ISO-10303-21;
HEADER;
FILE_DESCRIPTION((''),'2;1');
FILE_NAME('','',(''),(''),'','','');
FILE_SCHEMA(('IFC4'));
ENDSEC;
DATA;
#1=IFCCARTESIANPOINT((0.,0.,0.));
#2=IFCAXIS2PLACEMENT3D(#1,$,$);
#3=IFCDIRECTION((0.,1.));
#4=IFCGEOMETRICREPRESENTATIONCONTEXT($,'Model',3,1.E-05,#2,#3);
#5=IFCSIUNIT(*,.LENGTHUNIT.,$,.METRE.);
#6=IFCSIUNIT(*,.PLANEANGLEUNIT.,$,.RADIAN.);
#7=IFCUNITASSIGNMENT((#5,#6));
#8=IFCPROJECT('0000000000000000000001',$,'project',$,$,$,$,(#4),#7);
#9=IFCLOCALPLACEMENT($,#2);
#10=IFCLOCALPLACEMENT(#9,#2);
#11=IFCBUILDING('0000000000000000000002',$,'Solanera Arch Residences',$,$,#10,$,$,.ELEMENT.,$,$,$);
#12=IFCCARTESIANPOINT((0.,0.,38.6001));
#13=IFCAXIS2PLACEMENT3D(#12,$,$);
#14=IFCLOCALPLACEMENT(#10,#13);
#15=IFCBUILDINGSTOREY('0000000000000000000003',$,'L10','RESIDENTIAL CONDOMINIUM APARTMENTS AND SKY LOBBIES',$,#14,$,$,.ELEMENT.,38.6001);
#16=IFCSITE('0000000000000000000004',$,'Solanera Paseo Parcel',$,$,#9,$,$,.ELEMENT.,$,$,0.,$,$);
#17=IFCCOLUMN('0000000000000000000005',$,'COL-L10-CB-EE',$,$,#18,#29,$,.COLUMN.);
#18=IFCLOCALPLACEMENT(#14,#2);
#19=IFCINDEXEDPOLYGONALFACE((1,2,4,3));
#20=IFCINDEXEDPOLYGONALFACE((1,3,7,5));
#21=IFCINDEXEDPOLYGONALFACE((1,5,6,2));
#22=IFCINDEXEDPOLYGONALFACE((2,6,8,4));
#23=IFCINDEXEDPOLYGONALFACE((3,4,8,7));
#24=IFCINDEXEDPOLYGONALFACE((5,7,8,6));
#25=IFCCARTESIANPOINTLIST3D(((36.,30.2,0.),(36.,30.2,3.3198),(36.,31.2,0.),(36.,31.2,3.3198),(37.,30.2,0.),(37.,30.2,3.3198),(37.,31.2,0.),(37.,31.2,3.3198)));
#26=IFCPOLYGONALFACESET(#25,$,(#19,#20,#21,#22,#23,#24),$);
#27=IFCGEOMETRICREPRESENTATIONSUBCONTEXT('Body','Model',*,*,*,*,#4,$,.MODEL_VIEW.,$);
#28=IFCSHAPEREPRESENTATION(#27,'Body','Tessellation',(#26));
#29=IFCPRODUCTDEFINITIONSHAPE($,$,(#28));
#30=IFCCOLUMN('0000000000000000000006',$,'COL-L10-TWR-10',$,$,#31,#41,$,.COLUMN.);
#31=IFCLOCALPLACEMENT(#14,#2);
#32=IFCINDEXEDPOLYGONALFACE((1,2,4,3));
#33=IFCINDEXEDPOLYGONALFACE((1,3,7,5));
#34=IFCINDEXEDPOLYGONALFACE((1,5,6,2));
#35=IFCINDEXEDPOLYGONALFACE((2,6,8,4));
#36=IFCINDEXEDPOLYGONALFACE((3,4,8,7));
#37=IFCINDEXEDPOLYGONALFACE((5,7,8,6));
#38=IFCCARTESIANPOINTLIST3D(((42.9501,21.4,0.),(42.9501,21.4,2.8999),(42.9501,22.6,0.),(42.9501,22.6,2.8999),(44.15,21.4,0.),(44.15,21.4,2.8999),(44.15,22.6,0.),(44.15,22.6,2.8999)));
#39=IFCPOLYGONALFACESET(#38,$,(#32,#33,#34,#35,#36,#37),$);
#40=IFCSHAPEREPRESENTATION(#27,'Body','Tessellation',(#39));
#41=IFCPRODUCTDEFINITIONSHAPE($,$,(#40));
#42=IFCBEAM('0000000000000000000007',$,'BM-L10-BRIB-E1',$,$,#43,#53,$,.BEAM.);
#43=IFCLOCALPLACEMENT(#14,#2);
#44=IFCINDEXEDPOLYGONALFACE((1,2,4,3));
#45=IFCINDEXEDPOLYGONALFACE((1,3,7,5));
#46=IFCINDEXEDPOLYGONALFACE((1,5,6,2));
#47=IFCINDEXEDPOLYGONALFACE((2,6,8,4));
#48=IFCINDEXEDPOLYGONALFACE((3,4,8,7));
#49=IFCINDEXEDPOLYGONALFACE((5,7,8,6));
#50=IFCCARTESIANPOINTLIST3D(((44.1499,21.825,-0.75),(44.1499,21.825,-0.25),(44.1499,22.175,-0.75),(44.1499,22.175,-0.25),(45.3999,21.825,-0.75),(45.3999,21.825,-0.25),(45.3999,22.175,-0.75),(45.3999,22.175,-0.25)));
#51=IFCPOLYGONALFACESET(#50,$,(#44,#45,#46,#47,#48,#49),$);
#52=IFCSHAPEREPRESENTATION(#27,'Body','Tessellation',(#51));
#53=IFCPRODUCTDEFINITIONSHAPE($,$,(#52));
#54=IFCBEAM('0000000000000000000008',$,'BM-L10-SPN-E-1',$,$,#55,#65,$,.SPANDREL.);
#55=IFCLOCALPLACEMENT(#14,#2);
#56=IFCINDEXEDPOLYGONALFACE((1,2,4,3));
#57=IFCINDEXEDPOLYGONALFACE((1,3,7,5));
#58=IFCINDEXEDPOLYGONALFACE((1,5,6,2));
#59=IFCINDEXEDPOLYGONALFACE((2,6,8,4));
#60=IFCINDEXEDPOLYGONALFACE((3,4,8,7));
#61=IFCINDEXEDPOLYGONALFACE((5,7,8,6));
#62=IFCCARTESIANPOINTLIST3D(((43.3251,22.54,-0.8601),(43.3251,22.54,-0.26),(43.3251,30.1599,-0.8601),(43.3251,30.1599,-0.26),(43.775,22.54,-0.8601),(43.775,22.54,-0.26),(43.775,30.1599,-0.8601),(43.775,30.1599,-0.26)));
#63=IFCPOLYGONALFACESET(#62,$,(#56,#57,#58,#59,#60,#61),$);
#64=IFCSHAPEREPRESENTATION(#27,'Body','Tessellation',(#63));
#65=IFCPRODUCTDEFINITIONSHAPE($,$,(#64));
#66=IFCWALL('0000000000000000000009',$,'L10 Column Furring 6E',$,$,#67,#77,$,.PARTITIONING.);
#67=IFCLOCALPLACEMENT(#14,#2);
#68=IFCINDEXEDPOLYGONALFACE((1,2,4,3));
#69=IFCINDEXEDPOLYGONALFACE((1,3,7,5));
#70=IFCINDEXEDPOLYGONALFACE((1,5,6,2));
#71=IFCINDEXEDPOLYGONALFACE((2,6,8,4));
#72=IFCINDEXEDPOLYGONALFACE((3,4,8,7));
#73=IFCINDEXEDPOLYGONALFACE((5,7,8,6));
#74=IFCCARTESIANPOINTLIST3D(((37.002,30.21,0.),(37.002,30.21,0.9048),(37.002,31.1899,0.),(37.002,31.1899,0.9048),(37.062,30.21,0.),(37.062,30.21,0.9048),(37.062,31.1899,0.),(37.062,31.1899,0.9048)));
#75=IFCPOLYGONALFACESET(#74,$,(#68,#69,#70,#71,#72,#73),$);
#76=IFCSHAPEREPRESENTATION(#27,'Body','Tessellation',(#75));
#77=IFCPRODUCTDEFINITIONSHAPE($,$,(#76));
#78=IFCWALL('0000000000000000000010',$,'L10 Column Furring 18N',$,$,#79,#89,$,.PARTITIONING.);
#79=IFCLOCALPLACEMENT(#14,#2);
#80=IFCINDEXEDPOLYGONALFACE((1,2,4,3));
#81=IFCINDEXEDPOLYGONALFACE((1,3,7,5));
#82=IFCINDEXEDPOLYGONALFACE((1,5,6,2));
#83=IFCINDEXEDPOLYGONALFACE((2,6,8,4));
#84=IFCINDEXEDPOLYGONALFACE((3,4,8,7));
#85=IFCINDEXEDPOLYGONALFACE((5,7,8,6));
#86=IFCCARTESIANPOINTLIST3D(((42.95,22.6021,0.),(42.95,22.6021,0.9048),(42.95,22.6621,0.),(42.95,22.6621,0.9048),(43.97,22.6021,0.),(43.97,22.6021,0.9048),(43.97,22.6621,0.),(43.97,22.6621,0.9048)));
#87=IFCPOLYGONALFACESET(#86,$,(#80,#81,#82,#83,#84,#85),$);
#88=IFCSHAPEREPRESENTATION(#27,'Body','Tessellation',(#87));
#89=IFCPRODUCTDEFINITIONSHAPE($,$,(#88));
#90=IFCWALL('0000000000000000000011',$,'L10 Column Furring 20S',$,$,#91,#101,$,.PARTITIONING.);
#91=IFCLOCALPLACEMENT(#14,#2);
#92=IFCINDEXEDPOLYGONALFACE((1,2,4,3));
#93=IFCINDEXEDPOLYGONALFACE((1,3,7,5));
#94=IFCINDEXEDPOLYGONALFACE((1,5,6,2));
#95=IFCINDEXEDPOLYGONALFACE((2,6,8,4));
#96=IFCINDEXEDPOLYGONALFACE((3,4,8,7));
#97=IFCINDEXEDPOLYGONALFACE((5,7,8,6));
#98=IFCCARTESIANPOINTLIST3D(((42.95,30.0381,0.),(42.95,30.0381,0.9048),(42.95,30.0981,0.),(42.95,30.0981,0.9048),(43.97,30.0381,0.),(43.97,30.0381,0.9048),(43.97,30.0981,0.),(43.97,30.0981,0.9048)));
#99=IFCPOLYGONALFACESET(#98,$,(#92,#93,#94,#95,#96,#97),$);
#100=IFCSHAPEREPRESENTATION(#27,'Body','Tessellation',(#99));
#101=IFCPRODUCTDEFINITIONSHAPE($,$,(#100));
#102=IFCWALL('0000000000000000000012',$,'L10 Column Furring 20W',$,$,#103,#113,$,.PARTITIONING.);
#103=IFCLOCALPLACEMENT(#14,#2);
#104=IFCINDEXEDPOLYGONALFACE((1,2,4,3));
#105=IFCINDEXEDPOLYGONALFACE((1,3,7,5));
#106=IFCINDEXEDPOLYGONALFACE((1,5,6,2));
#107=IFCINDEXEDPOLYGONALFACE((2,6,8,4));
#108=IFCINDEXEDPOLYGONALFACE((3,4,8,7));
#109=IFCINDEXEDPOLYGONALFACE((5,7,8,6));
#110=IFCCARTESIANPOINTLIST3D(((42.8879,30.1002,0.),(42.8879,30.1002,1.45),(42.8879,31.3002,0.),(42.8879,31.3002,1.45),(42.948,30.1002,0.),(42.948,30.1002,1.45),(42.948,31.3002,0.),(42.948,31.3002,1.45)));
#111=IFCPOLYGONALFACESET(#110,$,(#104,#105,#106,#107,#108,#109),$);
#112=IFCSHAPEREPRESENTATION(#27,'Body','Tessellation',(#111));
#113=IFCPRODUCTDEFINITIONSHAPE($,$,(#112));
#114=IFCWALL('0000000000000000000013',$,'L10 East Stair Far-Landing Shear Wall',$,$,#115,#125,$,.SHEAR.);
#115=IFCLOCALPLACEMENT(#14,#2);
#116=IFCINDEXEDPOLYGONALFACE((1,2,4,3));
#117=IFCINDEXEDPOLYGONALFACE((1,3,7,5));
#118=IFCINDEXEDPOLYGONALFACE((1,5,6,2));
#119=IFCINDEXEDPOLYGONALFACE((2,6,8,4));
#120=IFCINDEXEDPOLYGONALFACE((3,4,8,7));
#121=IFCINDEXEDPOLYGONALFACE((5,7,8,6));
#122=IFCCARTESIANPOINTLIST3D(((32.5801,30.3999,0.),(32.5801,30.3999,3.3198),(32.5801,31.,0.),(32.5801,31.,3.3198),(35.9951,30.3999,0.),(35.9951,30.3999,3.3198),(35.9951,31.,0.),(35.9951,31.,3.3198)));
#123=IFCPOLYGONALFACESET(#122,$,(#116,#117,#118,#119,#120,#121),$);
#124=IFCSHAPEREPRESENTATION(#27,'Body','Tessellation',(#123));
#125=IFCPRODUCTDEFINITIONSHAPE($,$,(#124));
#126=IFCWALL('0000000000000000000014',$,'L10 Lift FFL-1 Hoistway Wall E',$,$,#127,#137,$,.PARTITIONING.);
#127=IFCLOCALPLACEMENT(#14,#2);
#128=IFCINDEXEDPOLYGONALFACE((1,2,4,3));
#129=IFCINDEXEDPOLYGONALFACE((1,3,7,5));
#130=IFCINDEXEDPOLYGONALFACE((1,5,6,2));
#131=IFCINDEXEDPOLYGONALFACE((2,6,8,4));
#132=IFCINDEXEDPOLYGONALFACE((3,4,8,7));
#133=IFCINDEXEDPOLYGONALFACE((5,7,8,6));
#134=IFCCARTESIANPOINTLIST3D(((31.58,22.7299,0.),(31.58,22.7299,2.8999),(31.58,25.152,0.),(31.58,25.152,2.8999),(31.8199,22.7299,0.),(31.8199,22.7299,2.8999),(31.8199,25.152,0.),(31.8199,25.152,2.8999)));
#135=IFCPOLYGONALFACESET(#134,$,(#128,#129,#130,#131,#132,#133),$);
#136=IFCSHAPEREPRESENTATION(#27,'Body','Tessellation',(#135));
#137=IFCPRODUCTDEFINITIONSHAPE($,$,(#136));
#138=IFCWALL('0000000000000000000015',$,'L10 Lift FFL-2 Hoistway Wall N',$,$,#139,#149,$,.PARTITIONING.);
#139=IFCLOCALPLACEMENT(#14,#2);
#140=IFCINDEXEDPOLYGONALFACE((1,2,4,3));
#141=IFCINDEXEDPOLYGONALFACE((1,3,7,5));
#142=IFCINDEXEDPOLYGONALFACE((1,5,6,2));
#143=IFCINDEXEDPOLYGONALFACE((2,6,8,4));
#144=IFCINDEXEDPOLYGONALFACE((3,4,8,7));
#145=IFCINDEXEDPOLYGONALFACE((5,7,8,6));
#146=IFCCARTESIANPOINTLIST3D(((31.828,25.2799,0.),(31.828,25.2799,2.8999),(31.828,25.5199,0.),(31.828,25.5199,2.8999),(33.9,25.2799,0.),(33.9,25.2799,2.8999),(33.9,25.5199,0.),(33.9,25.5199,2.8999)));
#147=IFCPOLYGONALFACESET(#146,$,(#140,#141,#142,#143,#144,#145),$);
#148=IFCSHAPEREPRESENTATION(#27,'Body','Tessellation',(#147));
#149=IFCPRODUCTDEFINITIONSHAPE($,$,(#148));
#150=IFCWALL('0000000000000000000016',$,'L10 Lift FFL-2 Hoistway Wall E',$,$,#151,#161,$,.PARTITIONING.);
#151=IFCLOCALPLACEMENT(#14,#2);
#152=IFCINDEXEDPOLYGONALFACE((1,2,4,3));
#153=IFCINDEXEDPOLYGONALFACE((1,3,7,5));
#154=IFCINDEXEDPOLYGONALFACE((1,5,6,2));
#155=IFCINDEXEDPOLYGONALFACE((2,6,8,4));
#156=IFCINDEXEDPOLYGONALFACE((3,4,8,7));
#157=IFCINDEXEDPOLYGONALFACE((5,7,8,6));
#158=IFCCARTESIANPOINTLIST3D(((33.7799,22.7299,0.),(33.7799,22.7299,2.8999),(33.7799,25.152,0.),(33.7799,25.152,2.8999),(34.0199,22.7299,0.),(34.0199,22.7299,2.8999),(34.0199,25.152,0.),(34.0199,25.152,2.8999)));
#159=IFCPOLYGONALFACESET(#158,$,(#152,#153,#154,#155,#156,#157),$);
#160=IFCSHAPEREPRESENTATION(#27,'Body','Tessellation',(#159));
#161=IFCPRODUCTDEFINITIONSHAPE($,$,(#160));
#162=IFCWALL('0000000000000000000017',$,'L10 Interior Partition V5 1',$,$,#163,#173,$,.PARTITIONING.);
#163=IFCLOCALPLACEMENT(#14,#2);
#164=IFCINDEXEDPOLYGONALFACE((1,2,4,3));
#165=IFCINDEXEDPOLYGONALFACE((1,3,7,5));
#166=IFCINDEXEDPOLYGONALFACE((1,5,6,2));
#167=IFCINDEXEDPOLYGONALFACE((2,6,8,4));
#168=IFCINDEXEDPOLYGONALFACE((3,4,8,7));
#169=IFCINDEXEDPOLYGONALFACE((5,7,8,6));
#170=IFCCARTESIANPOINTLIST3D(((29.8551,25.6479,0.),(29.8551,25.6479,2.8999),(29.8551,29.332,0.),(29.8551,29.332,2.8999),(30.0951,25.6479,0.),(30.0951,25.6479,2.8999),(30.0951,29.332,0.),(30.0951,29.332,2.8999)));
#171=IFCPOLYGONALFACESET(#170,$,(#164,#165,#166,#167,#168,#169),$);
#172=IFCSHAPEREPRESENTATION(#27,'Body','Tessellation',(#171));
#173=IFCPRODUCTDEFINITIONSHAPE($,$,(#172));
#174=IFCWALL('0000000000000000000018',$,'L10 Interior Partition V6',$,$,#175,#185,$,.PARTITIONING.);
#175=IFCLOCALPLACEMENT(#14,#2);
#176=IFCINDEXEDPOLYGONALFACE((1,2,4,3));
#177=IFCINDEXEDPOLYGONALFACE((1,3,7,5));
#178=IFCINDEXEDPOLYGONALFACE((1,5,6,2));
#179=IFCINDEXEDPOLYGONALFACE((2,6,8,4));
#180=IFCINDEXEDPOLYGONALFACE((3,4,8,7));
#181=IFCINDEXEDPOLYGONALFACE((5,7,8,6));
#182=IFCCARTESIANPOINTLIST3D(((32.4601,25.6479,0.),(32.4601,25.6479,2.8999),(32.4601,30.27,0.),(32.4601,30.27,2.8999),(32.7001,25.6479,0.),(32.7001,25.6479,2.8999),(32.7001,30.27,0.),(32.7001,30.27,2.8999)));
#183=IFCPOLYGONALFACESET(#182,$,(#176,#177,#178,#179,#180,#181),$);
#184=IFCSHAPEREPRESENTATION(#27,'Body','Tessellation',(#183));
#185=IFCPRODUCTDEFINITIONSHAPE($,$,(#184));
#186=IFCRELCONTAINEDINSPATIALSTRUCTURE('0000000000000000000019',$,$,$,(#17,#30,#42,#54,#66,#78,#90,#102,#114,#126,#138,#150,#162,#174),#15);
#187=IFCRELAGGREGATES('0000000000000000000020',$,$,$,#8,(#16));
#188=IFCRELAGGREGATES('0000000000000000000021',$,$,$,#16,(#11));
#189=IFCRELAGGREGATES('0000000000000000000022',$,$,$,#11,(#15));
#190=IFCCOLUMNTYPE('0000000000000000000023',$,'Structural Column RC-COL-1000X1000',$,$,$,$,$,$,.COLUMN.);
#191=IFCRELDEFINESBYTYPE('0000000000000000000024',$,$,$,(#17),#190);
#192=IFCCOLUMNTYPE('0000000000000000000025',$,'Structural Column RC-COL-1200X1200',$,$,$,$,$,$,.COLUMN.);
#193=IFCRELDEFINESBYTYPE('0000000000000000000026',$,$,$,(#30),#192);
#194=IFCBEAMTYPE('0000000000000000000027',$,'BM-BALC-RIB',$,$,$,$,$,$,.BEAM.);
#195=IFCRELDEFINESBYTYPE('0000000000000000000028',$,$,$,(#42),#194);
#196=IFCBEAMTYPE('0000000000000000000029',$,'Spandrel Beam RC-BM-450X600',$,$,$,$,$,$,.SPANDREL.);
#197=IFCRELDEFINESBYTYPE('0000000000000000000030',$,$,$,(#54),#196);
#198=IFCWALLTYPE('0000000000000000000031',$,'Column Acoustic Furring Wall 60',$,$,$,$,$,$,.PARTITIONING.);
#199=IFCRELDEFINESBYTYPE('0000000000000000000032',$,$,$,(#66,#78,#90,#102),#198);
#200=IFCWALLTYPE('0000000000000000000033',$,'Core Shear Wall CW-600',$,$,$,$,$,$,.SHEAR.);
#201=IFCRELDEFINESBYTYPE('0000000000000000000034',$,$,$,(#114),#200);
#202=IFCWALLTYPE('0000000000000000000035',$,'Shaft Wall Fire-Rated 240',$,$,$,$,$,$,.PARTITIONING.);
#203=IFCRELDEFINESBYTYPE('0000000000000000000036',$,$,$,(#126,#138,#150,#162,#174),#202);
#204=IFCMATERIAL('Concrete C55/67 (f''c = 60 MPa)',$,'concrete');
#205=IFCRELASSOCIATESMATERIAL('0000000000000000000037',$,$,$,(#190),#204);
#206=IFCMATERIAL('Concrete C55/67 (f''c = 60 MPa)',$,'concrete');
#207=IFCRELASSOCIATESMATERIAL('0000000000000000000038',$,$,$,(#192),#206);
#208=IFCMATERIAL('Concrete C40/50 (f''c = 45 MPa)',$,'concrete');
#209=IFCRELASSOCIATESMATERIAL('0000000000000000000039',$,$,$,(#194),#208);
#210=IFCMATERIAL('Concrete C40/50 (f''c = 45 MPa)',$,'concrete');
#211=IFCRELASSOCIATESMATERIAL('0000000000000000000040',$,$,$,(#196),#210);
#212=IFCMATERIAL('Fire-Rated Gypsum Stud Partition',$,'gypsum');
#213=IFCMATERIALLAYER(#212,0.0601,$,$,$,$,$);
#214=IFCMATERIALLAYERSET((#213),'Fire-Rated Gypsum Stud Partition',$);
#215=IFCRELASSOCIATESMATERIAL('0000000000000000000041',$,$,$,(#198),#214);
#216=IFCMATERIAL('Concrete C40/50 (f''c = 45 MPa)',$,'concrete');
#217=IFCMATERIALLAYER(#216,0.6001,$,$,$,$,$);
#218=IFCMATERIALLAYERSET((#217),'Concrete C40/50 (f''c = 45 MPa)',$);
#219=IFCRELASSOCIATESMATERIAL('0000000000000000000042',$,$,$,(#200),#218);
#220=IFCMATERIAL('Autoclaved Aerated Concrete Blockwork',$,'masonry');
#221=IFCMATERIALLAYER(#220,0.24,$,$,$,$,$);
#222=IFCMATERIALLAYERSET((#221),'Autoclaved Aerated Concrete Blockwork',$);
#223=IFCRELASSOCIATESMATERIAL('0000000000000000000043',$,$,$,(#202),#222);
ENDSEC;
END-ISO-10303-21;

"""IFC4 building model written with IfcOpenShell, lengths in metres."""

from ifc_helpers import new_model, si_unit, direction, frame, frame_2d, origin, origin_2d, place, context, subcontext, project, spatial, rectangle, extrude, material, layer, layer_set, material_profile, profile_set, type_object, element, save


model = new_model("IFC4")

# Units and contexts
model_context = context("Model", 3, precision=1e-05, world=origin(), true_north=direction((0.0, 1.0)))
body_context = subcontext(model_context, "Body", "Model", "MODEL_VIEW")
ifc_project = project(units=[si_unit("LENGTHUNIT", "METRE"), si_unit("PLANEANGLEUNIT", "RADIAN")], contexts=[model_context])

# Site, building, storey
site_placement = place(None, origin())
site = spatial("IfcSite", under=ifc_project, at=site_placement, Name="Solanera Paseo Parcel", CompositionType="ELEMENT", RefElevation=0.0)
building_placement = place(site_placement, origin())
building = spatial("IfcBuilding", under=site, at=building_placement, Name="Solanera Arch Residences", CompositionType="ELEMENT")
storey_placement = place(building_placement, frame((0.0, 0.0, 38.6001)))
storey = spatial("IfcBuildingStorey", under=building, at=storey_placement, Name="L10", Description="RESIDENTIAL CONDOMINIUM APARTMENTS AND SKY LOBBIES", CompositionType="ELEMENT", Elevation=38.6001)

# Columns
ifc_material_1 = material(Name="Concrete C55/67 (f'c = 60 MPa)", Category="concrete")
ifc_material_profile_1 = material_profile(ifc_material_1, rectangle(XDim=1.0, YDim=1.0, at=origin_2d()))
ifc_profile_set_1 = profile_set([ifc_material_profile_1], Name="Concrete C55/67 (f'c = 60 MPa)")
column_type_1 = type_object("IfcColumnType", Name="Structural Column RC-COL-1000X1000", PredefinedType="COLUMN", material=ifc_profile_set_1)
column_1_placement = place(storey_placement, frame((36.5, 30.7, 0.0), z_axis=(0.0, 0.0, 1.0), x_axis=(1.0, 0.0, 0.0)))
element("IfcColumn", 1, at=column_1_placement, inside=storey, type_object=column_type_1, Name="COL-L10-CB-EE", PredefinedType="COLUMN", context=body_context, shape_type="SweptSolid", body=[
    extrude(rectangle(XDim=1.0, YDim=1.0, at=origin_2d()), origin(), (0.0, 0.0, 1.0), 3.3198),
])
ifc_material_2 = material(Name="Concrete C55/67 (f'c = 60 MPa)", Category="concrete")
ifc_material_profile_2 = material_profile(ifc_material_2, rectangle(XDim=1.2, YDim=1.2, at=origin_2d()))
ifc_profile_set_2 = profile_set([ifc_material_profile_2], Name="Concrete C55/67 (f'c = 60 MPa)")
column_type_2 = type_object("IfcColumnType", Name="Structural Column RC-COL-1200X1200", PredefinedType="COLUMN", material=ifc_profile_set_2)
column_2_placement = place(storey_placement, frame((43.55, 22.0, 0.0), z_axis=(0.0, 0.0, 1.0), x_axis=(1.0, 0.0, 0.0)))
element("IfcColumn", 2, at=column_2_placement, inside=storey, type_object=column_type_2, Name="COL-L10-TWR-10", PredefinedType="COLUMN", context=body_context, shape_type="SweptSolid", body=[
    extrude(rectangle(XDim=1.2, YDim=1.2, at=origin_2d()), origin(), (0.0, 0.0, 1.0), 2.8999),
])

# Beams
ifc_material_3 = material(Name="Concrete C40/50 (f'c = 45 MPa)", Category="concrete")
ifc_material_profile_3 = material_profile(ifc_material_3, rectangle(XDim=0.3501, YDim=0.5, at=origin_2d()))
ifc_profile_set_3 = profile_set([ifc_material_profile_3], Name="Concrete C40/50 (f'c = 45 MPa)")
beam_type_1 = type_object("IfcBeamType", Name="BM-BALC-RIB", PredefinedType="BEAM", material=ifc_profile_set_3)
beam_1_placement = place(storey_placement, frame((44.1499, 22.0, -0.5), z_axis=(1.0, 0.0, 0.0), x_axis=(0.0, 1.0, 0.0)))
element("IfcBeam", 3, at=beam_1_placement, inside=storey, type_object=beam_type_1, Name="BM-L10-BRIB-E1", PredefinedType="BEAM", context=body_context, shape_type="SweptSolid", body=[
    extrude(rectangle(XDim=0.3501, YDim=0.5, at=origin_2d()), origin(), (0.0, 0.0, 1.0), 1.25),
])
ifc_material_4 = material(Name="Concrete C40/50 (f'c = 45 MPa)", Category="concrete")
ifc_material_profile_4 = material_profile(ifc_material_4, rectangle(XDim=0.45, YDim=0.6001, at=origin_2d()))
ifc_profile_set_4 = profile_set([ifc_material_profile_4], Name="Concrete C40/50 (f'c = 45 MPa)")
beam_type_2 = type_object("IfcBeamType", Name="Spandrel Beam RC-BM-450X600", PredefinedType="SPANDREL", material=ifc_profile_set_4)
beam_2_placement = place(storey_placement, frame((43.55, 22.54, -0.5601), z_axis=(0.0, 1.0, 0.0), x_axis=(-1.0, 0.0, 0.0)))
element("IfcBeam", 4, at=beam_2_placement, inside=storey, type_object=beam_type_2, Name="BM-L10-SPN-E-1", PredefinedType="SPANDREL", context=body_context, shape_type="SweptSolid", body=[
    extrude(rectangle(XDim=0.45, YDim=0.6001, at=origin_2d()), origin(), (0.0, 0.0, 1.0), 7.6199),
])

# Walls
ifc_material_5 = material(Name="Fire-Rated Gypsum Stud Partition", Category="gypsum")
ifc_layer_1 = layer(ifc_material_5, 0.0601)
ifc_layer_set_1 = layer_set([ifc_layer_1], Name="Fire-Rated Gypsum Stud Partition")
wall_type_1 = type_object("IfcWallType", Name="Column Acoustic Furring Wall 60", PredefinedType="PARTITIONING", material=ifc_layer_set_1)
wall_1_placement = place(storey_placement, frame((37.032, 30.21, 0.0), z_axis=(0.0, 0.0, 1.0), x_axis=(0.0, 1.0, 0.0)))
element("IfcWall", 5, at=wall_1_placement, inside=storey, type_object=wall_type_1, Name="L10 Column Furring 6E", PredefinedType="PARTITIONING", context=body_context, shape_type="SweptSolid", body=[
    extrude(rectangle(XDim=0.98, YDim=0.0601, at=frame_2d((0.49, 0.0))), origin(), (0.0, 0.0, 1.0), 0.9048),
])
for number, where, z_axis, x_axis, name in (
    (6, (42.95, 22.6321, 0.0), (0.0, 0.0, 1.0), (1.0, 0.0, 0.0), "L10 Column Furring 18N"),
    (7, (42.95, 30.0681, 0.0), (0.0, 0.0, 1.0), (1.0, 0.0, 0.0), "L10 Column Furring 20S"),
):
    element("IfcWall", number, at=place(storey_placement, frame(where, z_axis=z_axis, x_axis=x_axis)), inside=storey, type_object=wall_type_1, Name=name, PredefinedType="PARTITIONING", context=body_context, shape_type="SweptSolid", body=[
        extrude(rectangle(XDim=1.02, YDim=0.0601, at=frame_2d((0.51, 0.0))), origin(), (0.0, 0.0, 1.0), 0.9048),
    ])
wall_2_placement = place(storey_placement, frame((42.918, 30.1001, 0.0), z_axis=(0.0, 0.0, 1.0), x_axis=(0.0, 1.0, 0.0)))
element("IfcWall", 8, at=wall_2_placement, inside=storey, type_object=wall_type_1, Name="L10 Column Furring 20W", PredefinedType="PARTITIONING", context=body_context, shape_type="SweptSolid", body=[
    extrude(rectangle(XDim=1.2, YDim=0.0601, at=frame_2d((0.6001, 0.0))), origin(), (0.0, 0.0, 1.0), 1.45),
])
ifc_material_6 = material(Name="Concrete C40/50 (f'c = 45 MPa)", Category="concrete")
ifc_layer_2 = layer(ifc_material_6, 0.6001)
ifc_layer_set_2 = layer_set([ifc_layer_2], Name="Concrete C40/50 (f'c = 45 MPa)")
wall_type_2 = type_object("IfcWallType", Name="Core Shear Wall CW-600", PredefinedType="SHEAR", material=ifc_layer_set_2)
wall_3_placement = place(storey_placement, frame((32.5801, 30.7, 0.0), z_axis=(0.0, 0.0, 1.0), x_axis=(1.0, 0.0, 0.0)))
element("IfcWall", 9, at=wall_3_placement, inside=storey, type_object=wall_type_2, Name="L10 East Stair Far-Landing Shear Wall", PredefinedType="SHEAR", context=body_context, shape_type="SweptSolid", body=[
    extrude(rectangle(XDim=3.415, YDim=0.6001, at=frame_2d((1.7075, 0.0))), origin(), (0.0, 0.0, 1.0), 3.3198),
])
ifc_material_7 = material(Name="Autoclaved Aerated Concrete Blockwork", Category="masonry")
ifc_layer_3 = layer(ifc_material_7, 0.24)
ifc_layer_set_3 = layer_set([ifc_layer_3], Name="Autoclaved Aerated Concrete Blockwork")
wall_type_3 = type_object("IfcWallType", Name="Shaft Wall Fire-Rated 240", PredefinedType="PARTITIONING", material=ifc_layer_set_3)
wall_4_placement = place(storey_placement, frame((31.7, 22.73, 0.0), z_axis=(0.0, 0.0, 1.0), x_axis=(0.0, 1.0, 0.0)))
element("IfcWall", 10, at=wall_4_placement, inside=storey, type_object=wall_type_3, Name="L10 Lift FFL-1 Hoistway Wall E", PredefinedType="PARTITIONING", context=body_context, shape_type="SweptSolid", body=[
    extrude(rectangle(XDim=2.4221, YDim=0.24, at=frame_2d((1.2109, 0.0))), origin(), (0.0, 0.0, 1.0), 2.8999),
])
wall_5_placement = place(storey_placement, frame((31.8279, 25.3999, 0.0), z_axis=(0.0, 0.0, 1.0), x_axis=(1.0, 0.0, 0.0)))
element("IfcWall", 11, at=wall_5_placement, inside=storey, type_object=wall_type_3, Name="L10 Lift FFL-2 Hoistway Wall N", PredefinedType="PARTITIONING", context=body_context, shape_type="SweptSolid", body=[
    extrude(rectangle(XDim=2.072, YDim=0.24, at=frame_2d((1.0361, 0.0))), origin(), (0.0, 0.0, 1.0), 2.8999),
])
wall_6_placement = place(storey_placement, frame((33.8999, 22.73, 0.0), z_axis=(0.0, 0.0, 1.0), x_axis=(0.0, 1.0, 0.0)))
element("IfcWall", 12, at=wall_6_placement, inside=storey, type_object=wall_type_3, Name="L10 Lift FFL-2 Hoistway Wall E", PredefinedType="PARTITIONING", context=body_context, shape_type="SweptSolid", body=[
    extrude(rectangle(XDim=2.4221, YDim=0.24, at=frame_2d((1.2109, 0.0))), origin(), (0.0, 0.0, 1.0), 2.8999),
])
wall_7_placement = place(storey_placement, frame((29.9751, 25.6479, 0.0), z_axis=(0.0, 0.0, 1.0), x_axis=(0.0, 1.0, 0.0)))
element("IfcWall", 13, at=wall_7_placement, inside=storey, type_object=wall_type_3, Name="L10 Interior Partition V5 1", PredefinedType="PARTITIONING", context=body_context, shape_type="SweptSolid", body=[
    extrude(rectangle(XDim=3.6841, YDim=0.24, at=frame_2d((1.842, 0.0))), origin(), (0.0, 0.0, 1.0), 2.8999),
])

# Wall
wall_8_placement = place(storey_placement, frame((32.5801, 25.6479, 0.0), z_axis=(0.0, 0.0, 1.0), x_axis=(0.0, 1.0, 0.0)))
element("IfcWall", 14, at=wall_8_placement, inside=storey, type_object=wall_type_3, Name="L10 Interior Partition V6", PredefinedType="PARTITIONING", context=body_context, shape_type="SweptSolid", body=[
    extrude(rectangle(XDim=4.6221, YDim=0.24, at=frame_2d((2.311, 0.0))), origin(), (0.0, 0.0, 1.0), 2.8999),
])

save(model, "model.ifc")
